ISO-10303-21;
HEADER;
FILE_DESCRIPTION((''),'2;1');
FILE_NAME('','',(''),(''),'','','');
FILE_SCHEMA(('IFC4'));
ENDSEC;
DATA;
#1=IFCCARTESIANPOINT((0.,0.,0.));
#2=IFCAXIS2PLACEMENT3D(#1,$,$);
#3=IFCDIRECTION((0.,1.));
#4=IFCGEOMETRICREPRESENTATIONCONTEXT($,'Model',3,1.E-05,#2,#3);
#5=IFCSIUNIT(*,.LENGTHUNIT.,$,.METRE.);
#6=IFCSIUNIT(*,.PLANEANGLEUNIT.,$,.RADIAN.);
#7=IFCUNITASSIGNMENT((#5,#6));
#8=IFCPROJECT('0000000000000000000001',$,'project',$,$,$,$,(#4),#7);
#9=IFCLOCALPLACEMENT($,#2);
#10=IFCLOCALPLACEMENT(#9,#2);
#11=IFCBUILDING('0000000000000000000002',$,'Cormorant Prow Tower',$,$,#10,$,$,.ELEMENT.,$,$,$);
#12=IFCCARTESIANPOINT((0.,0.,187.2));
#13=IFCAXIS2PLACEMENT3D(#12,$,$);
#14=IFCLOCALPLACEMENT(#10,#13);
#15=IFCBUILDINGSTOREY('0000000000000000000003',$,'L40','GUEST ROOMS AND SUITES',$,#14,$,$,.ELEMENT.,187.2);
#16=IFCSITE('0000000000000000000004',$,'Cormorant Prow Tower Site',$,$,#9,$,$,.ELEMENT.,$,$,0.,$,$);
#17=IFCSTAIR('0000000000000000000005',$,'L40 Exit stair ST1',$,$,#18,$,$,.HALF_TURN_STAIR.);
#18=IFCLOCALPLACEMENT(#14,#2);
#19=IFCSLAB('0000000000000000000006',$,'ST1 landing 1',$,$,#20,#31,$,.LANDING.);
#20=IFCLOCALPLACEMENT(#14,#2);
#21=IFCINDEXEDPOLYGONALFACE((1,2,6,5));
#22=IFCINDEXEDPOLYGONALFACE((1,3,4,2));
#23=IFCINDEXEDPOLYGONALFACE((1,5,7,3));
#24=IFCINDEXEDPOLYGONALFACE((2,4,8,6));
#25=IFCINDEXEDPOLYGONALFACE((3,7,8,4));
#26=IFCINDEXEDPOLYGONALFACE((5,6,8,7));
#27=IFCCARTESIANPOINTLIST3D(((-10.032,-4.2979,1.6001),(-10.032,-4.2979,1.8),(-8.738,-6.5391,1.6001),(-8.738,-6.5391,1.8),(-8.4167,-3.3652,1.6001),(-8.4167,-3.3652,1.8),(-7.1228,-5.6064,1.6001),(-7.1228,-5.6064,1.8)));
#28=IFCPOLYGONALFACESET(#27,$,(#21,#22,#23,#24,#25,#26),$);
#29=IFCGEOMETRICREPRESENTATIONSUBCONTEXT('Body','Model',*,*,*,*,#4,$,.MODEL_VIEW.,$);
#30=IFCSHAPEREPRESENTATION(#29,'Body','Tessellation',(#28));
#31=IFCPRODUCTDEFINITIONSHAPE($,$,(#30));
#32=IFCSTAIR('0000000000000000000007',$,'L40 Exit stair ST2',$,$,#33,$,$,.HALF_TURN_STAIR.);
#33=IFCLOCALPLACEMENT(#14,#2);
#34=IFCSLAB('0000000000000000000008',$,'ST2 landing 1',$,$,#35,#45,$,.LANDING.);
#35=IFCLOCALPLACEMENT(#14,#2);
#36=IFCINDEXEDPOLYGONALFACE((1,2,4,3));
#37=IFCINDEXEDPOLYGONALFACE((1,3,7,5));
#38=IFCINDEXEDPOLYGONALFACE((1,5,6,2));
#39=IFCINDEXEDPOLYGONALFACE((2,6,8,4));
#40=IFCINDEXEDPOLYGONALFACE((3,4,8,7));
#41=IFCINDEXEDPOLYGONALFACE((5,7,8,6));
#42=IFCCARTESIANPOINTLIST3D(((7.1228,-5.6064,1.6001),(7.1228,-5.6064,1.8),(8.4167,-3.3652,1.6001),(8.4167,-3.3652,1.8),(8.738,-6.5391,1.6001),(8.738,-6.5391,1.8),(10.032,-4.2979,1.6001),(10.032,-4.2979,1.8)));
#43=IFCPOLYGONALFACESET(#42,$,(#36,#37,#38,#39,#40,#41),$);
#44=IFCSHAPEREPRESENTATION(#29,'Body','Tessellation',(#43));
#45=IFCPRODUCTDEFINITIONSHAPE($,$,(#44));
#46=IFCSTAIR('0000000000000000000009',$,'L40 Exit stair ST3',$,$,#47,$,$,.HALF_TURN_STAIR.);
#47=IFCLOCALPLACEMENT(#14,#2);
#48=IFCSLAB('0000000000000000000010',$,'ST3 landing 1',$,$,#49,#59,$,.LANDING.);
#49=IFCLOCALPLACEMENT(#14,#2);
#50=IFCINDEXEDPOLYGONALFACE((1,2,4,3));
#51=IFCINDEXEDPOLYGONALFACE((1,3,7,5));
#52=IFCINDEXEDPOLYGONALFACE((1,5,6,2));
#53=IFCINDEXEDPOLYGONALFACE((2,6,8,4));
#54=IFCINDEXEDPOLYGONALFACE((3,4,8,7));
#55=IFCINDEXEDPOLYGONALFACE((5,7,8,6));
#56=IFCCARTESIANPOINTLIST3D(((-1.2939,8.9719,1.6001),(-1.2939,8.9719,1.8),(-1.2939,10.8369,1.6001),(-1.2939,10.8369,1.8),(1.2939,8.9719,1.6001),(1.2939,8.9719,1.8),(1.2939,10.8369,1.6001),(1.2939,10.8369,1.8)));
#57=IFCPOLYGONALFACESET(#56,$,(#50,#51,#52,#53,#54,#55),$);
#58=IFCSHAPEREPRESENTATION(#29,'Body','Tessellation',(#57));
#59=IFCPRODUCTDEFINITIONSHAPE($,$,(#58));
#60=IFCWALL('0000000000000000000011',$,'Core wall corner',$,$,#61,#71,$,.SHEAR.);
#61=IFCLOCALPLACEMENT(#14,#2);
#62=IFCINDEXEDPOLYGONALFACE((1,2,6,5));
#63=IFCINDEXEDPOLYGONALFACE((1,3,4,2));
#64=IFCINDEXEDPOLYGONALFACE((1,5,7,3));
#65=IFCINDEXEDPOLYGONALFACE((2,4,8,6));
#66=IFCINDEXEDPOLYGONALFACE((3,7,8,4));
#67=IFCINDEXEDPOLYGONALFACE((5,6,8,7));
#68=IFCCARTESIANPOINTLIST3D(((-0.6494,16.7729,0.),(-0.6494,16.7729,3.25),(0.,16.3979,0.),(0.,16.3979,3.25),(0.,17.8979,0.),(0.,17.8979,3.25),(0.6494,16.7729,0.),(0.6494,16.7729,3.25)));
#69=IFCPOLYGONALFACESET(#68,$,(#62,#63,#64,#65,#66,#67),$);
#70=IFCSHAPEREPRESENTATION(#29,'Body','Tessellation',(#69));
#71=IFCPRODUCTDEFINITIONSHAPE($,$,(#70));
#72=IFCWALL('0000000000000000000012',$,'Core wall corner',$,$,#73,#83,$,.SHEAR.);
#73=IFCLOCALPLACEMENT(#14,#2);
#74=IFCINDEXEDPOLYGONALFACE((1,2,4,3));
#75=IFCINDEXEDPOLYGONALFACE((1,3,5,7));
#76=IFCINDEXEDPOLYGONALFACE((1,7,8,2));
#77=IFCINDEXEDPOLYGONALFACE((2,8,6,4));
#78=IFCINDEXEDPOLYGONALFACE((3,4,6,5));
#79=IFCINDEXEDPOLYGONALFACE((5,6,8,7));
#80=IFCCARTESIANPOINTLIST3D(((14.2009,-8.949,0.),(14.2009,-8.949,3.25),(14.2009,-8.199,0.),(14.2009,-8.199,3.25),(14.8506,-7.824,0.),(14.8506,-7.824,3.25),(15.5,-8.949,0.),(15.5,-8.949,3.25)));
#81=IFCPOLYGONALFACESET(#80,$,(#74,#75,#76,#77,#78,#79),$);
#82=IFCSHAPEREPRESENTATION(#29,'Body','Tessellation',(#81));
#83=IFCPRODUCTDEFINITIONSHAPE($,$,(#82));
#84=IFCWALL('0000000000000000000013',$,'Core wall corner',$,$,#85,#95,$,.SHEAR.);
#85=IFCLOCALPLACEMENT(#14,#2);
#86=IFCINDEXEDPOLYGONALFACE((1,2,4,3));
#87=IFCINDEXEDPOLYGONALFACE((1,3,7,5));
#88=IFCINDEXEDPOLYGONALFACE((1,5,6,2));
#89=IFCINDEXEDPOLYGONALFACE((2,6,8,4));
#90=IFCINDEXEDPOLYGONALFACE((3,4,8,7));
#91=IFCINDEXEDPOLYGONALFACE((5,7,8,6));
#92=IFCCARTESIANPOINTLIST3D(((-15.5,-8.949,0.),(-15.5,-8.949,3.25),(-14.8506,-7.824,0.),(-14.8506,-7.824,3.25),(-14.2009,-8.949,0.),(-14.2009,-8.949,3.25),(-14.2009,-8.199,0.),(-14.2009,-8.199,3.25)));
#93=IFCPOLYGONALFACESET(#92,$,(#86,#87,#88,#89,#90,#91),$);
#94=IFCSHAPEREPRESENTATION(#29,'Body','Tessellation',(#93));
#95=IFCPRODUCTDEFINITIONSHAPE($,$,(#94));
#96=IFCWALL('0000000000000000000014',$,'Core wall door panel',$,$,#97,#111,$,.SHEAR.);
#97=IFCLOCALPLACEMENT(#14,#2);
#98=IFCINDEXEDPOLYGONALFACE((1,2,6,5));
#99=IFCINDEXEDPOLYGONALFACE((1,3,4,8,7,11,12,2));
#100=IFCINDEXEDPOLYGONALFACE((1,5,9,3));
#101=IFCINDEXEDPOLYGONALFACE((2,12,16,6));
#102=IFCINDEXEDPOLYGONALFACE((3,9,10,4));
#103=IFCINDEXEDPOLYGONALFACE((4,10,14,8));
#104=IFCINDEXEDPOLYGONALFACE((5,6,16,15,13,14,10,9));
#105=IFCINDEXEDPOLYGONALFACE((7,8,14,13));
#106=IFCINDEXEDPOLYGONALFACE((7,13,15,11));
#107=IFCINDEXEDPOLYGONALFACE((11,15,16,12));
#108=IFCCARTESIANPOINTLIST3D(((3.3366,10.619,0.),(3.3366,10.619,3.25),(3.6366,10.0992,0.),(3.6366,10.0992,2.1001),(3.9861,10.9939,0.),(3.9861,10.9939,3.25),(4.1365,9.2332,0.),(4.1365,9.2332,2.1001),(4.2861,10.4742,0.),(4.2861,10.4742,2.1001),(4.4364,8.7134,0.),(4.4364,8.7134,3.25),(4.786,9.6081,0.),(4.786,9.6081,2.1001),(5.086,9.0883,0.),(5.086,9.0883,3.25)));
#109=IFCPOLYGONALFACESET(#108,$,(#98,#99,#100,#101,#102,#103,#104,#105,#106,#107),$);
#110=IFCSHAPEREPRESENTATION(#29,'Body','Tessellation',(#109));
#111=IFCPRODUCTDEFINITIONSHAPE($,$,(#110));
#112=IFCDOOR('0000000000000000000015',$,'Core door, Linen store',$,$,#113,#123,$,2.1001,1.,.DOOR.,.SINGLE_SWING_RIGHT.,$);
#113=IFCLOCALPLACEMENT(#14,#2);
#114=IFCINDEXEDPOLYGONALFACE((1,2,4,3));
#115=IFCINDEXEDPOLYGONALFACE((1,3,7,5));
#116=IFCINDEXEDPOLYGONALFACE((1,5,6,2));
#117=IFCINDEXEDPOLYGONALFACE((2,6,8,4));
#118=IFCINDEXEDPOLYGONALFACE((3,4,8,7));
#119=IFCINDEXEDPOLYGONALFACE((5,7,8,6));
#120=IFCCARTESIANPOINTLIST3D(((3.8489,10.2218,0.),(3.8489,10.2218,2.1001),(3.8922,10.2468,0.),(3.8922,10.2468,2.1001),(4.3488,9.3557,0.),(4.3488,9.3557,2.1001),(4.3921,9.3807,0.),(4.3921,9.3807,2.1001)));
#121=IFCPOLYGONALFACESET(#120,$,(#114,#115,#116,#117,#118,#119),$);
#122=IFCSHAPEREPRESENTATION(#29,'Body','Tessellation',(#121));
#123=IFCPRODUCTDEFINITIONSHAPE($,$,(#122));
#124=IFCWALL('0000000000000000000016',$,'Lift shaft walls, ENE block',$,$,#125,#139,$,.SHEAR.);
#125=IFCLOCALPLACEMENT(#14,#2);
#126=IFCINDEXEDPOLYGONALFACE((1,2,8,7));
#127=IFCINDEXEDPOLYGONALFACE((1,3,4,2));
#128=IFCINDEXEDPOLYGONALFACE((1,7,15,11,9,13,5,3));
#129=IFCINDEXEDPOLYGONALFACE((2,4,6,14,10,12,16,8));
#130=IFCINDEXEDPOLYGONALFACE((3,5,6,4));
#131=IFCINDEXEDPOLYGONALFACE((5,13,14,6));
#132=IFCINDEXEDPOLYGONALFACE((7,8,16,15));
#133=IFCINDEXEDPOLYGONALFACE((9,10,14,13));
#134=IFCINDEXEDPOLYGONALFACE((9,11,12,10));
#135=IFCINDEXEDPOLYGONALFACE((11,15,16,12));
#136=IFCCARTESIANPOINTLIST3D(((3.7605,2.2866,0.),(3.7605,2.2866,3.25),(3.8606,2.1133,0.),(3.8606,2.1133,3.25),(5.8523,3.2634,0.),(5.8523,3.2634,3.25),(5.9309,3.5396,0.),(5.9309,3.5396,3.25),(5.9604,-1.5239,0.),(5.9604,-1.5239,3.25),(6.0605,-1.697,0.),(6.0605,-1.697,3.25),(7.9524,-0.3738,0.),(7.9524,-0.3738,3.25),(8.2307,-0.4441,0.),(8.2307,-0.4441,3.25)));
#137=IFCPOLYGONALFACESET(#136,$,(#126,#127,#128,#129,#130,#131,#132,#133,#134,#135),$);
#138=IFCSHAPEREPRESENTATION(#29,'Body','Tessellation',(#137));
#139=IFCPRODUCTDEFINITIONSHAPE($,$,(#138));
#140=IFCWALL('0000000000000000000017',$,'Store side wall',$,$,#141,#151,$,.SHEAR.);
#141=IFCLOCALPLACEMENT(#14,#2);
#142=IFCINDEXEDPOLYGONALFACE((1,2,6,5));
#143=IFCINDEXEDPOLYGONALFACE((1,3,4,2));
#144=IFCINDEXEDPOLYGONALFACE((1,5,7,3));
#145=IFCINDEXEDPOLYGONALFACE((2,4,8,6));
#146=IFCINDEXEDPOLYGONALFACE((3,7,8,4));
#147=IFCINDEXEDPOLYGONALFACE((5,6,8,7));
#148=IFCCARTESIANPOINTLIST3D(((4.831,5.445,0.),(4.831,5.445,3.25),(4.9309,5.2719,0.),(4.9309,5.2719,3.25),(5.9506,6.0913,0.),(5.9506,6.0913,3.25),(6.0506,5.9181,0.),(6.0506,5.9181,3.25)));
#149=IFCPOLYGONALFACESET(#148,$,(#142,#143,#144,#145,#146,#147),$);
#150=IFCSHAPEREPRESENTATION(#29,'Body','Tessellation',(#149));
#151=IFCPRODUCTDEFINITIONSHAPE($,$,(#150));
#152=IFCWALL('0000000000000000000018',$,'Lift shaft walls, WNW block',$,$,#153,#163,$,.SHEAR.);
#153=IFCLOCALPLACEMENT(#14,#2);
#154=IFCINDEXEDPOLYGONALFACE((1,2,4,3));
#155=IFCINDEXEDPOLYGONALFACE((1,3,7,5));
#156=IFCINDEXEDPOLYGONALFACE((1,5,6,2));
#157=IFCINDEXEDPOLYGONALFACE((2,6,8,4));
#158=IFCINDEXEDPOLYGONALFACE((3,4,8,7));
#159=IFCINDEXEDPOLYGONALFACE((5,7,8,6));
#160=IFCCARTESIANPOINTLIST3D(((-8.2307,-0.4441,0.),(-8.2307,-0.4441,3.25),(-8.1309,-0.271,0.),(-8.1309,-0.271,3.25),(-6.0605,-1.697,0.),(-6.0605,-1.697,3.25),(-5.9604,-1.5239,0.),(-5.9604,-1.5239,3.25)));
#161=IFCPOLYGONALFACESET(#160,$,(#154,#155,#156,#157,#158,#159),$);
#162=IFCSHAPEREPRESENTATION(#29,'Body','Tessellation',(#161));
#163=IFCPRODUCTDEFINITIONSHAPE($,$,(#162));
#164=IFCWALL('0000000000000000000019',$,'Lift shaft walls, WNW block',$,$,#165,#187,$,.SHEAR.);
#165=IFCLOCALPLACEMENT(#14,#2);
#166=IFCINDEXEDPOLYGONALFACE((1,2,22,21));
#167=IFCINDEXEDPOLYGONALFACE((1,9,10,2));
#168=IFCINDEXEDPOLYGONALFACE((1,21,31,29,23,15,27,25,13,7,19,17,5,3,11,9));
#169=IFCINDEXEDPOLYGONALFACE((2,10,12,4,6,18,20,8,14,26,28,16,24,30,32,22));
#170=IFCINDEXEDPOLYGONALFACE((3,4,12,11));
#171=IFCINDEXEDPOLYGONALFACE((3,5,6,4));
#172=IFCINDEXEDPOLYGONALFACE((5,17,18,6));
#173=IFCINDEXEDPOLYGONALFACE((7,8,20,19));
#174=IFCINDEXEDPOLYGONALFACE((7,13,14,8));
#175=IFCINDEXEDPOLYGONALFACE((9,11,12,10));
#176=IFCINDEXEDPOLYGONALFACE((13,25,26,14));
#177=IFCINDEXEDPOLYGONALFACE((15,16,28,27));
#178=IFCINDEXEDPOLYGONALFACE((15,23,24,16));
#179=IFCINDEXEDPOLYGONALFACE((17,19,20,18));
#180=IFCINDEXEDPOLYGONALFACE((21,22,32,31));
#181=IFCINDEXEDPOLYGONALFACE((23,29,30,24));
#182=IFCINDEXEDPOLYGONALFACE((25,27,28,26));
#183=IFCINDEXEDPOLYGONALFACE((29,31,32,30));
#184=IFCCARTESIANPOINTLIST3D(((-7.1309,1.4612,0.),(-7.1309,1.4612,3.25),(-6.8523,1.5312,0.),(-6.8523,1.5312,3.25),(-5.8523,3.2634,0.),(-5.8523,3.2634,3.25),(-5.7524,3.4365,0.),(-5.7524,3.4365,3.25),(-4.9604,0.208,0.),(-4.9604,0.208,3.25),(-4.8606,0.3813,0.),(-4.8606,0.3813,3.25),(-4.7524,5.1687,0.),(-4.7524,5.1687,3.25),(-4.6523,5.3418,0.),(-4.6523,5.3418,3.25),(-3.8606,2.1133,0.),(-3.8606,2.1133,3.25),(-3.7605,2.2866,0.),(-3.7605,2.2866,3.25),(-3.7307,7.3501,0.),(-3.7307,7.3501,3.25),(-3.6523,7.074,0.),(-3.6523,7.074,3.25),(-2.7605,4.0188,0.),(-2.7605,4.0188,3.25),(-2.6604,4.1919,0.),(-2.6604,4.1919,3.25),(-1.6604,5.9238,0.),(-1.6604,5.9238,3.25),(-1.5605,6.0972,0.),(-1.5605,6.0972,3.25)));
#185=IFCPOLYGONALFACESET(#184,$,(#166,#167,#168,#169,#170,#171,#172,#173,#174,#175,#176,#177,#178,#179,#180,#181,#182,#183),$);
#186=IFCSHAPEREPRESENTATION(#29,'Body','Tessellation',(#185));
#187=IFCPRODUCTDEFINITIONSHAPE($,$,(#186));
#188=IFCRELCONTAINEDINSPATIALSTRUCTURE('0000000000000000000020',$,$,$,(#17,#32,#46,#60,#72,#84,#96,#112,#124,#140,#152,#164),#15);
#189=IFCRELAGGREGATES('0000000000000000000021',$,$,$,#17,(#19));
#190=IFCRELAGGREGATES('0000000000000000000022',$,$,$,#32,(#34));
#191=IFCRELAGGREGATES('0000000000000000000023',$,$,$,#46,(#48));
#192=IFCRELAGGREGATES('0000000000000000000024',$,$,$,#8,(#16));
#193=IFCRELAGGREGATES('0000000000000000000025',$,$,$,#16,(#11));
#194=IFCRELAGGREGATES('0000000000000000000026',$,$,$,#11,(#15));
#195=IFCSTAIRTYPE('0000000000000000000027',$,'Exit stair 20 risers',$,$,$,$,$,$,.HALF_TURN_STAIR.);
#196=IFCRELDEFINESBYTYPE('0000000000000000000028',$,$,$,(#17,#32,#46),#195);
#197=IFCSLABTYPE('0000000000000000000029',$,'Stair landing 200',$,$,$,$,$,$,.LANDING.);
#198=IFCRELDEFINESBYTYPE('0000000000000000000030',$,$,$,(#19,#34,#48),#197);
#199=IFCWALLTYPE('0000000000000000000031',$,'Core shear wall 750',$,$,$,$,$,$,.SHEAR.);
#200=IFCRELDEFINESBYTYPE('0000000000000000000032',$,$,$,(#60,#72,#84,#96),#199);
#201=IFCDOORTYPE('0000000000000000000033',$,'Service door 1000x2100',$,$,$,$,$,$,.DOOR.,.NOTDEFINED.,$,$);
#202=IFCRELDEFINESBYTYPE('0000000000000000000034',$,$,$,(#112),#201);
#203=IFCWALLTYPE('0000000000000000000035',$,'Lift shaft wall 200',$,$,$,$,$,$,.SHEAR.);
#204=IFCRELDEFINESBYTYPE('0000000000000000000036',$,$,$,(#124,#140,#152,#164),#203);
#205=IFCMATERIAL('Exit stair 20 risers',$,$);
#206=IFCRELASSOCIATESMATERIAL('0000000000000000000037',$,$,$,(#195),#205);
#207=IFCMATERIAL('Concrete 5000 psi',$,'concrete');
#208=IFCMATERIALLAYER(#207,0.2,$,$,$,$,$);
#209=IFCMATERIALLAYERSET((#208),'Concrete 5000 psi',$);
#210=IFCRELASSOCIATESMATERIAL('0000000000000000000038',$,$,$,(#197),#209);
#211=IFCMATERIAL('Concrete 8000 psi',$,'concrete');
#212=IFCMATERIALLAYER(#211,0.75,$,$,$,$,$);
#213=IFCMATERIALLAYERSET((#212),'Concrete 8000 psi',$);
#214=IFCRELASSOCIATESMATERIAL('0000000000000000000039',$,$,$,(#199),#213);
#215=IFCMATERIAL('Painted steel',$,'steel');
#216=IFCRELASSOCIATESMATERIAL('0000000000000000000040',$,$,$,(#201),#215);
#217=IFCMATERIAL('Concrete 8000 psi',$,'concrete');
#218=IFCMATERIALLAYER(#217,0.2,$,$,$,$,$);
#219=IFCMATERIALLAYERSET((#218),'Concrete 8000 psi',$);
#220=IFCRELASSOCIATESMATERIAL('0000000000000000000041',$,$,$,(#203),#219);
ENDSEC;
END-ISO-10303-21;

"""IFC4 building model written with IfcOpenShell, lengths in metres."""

from ifc_helpers import new_model, si_unit, direction, frame, frame_2d, origin, place, context, subcontext, project, spatial, polyline, rectangle, outline, extrude, material, layer, layer_set, type_object, element, fill, aggregate, save


model = new_model("IFC4")

# Units and contexts
model_context = context("Model", 3, precision=1e-05, world=origin(), true_north=direction((0.0, 1.0)))
body_context = subcontext(model_context, "Body", "Model", "MODEL_VIEW")
ifc_project = project(units=[si_unit("LENGTHUNIT", "METRE"), si_unit("PLANEANGLEUNIT", "RADIAN")], contexts=[model_context])

# Site, building, storey
site_placement = place(None, origin())
site = spatial("IfcSite", under=ifc_project, at=site_placement, Name="Cormorant Prow Tower Site", CompositionType="ELEMENT", RefElevation=0.0)
building_placement = place(site_placement, origin())
building = spatial("IfcBuilding", under=site, at=building_placement, Name="Cormorant Prow Tower", CompositionType="ELEMENT")
storey_placement = place(building_placement, frame((0.0, 0.0, 187.2)))
storey = spatial("IfcBuildingStorey", under=building, at=storey_placement, Name="L40", Description="GUEST ROOMS AND SUITES", CompositionType="ELEMENT", Elevation=187.2)

# Stairs, slabs
ifc_material_1 = material(Name="Exit stair 20 risers")
stair_type = type_object("IfcStairType", Name="Exit stair 20 risers", PredefinedType="HALF_TURN_STAIR", material=ifc_material_1)
stair_1_placement = place(storey_placement, origin())
stair_1 = element("IfcStair", 1, at=stair_1_placement, inside=storey, type_object=stair_type, Name="L40 Exit stair ST1", PredefinedType="HALF_TURN_STAIR")
ifc_material_2 = material(Name="Concrete 5000 psi", Category="concrete")
ifc_layer_1 = layer(ifc_material_2, 0.2)
ifc_layer_set_1 = layer_set([ifc_layer_1], Name="Concrete 5000 psi")
slab_type = type_object("IfcSlabType", Name="Stair landing 200", PredefinedType="LANDING", material=ifc_layer_set_1)
slab_1_placement = place(storey_placement, frame((0.0, 0.0, 1.6001)))
slab_1 = element("IfcSlab", 2, at=slab_1_placement, type_object=slab_type, Name="ST1 landing 1", PredefinedType="LANDING", context=body_context, shape_type="SweptSolid", body=[
    extrude(outline(polyline([(-8.4167, -3.3652), (-10.032, -4.2979), (-8.738, -6.5391), (-7.1228, -5.6064), (-8.4167, -3.3652)])), origin(), (0.0, 0.0, 1.0), 0.2),
])
aggregate(stair_1, [slab_1])
stair_2_placement = place(storey_placement, origin())
stair_2 = element("IfcStair", 3, at=stair_2_placement, inside=storey, type_object=stair_type, Name="L40 Exit stair ST2", PredefinedType="HALF_TURN_STAIR")
slab_2_placement = place(storey_placement, frame((0.0, 0.0, 1.6001)))
slab_2 = element("IfcSlab", 4, at=slab_2_placement, type_object=slab_type, Name="ST2 landing 1", PredefinedType="LANDING", context=body_context, shape_type="SweptSolid", body=[
    extrude(outline(polyline([(7.1228, -5.6064), (8.738, -6.5391), (10.032, -4.2979), (8.4167, -3.3652), (7.1228, -5.6064)])), origin(), (0.0, 0.0, 1.0), 0.2),
])
aggregate(stair_2, [slab_2])
stair_3_placement = place(storey_placement, origin())
stair_3 = element("IfcStair", 5, at=stair_3_placement, inside=storey, type_object=stair_type, Name="L40 Exit stair ST3", PredefinedType="HALF_TURN_STAIR")
slab_3_placement = place(storey_placement, frame((0.0, 0.0, 1.6001)))
slab_3 = element("IfcSlab", 6, at=slab_3_placement, type_object=slab_type, Name="ST3 landing 1", PredefinedType="LANDING", context=body_context, shape_type="SweptSolid", body=[
    extrude(outline(polyline([(1.2939, 8.9719), (1.2939, 10.8369), (-1.2939, 10.8369), (-1.2939, 8.9719), (1.2939, 8.9719)])), origin(), (0.0, 0.0, 1.0), 0.2),
])

# Walls
ifc_material_3 = material(Name="Concrete 8000 psi", Category="concrete")
ifc_layer_2 = layer(ifc_material_3, 0.75)
ifc_layer_set_2 = layer_set([ifc_layer_2], Name="Concrete 8000 psi")
wall_type_1 = type_object("IfcWallType", Name="Core shear wall 750", PredefinedType="SHEAR", material=ifc_layer_set_2)
wall_1_placement = place(storey_placement, origin())
element("IfcWall", 7, at=wall_1_placement, inside=storey, type_object=wall_type_1, Name="Core wall corner", PredefinedType="SHEAR", context=body_context, shape_type="SweptSolid", body=[
    extrude(outline(polyline([(-0.6494, 16.7729), (0.0, 17.8979), (0.6494, 16.7729), (0.0, 16.3979), (-0.6494, 16.7729)])), origin(), (0.0, 0.0, 1.0), 3.25),
])
wall_2_placement = place(storey_placement, origin())
element("IfcWall", 8, at=wall_2_placement, inside=storey, type_object=wall_type_1, Name="Core wall corner", PredefinedType="SHEAR", context=body_context, shape_type="SweptSolid", body=[
    extrude(outline(polyline([(14.2009, -8.949), (14.2009, -8.199), (14.8506, -7.824), (15.5, -8.949), (14.2009, -8.949)])), origin(), (0.0, 0.0, 1.0), 3.25),
])
wall_3_placement = place(storey_placement, origin())
element("IfcWall", 9, at=wall_3_placement, inside=storey, type_object=wall_type_1, Name="Core wall corner", PredefinedType="SHEAR", context=body_context, shape_type="SweptSolid", body=[
    extrude(outline(polyline([(-14.8506, -7.824), (-14.2009, -8.199), (-14.2009, -8.949), (-15.5, -8.949), (-14.8506, -7.824)])), origin(), (0.0, 0.0, 1.0), 3.25),
])

# Wall, opening, door
wall_4_placement = place(storey_placement, frame((4.7612, 8.9009, 0.0), z_axis=(0.0, 0.0, 1.0), x_axis=(-0.499899, 0.866084, 0.0)))
wall_4 = element("IfcWall", 10, at=wall_4_placement, inside=storey, type_object=wall_type_1, Name="Core wall door panel", PredefinedType="SHEAR", context=body_context, shape_type="SweptSolid", body=[
    extrude(rectangle(XDim=2.2002, YDim=0.75, at=frame_2d((1.1001, 0.0))), origin(), (0.0, 0.0, 1.0), 3.25),
])
opening_1_placement = place(wall_4_placement, frame((0.6001, 0.0, 0.0)))
opening_1 = element("IfcOpeningElement", 11, at=opening_1_placement, cuts=wall_4, PredefinedType="OPENING", context=body_context, shape_type="SweptSolid", body=[
    extrude(rectangle(XDim=1.0, YDim=2.1001, at=frame_2d((0.5, 1.05))), frame((0.0, 0.385, 0.0), z_axis=(0.0, -1.0, 0.0), x_axis=(1.0, 0.0, 0.0)), (0.0, 0.0, 1.0), 0.77),
])
ifc_material_4 = material(Name="Painted steel", Category="steel")
door_type_1 = type_object("IfcDoorType", Name="Service door 1000x2100", OperationType="NOTDEFINED", PredefinedType="DOOR", material=ifc_material_4)
door_1_placement = place(opening_1_placement, origin())
door_1 = element("IfcDoor", 12, at=door_1_placement, inside=storey, type_object=door_type_1, Name="Core door, Linen store", OperationType="SINGLE_SWING_RIGHT", OverallHeight=2.1001, OverallWidth=1.0, PredefinedType="DOOR", context=body_context, shape_type="SweptSolid", body=[
    extrude(rectangle(XDim=1.0, YDim=2.1001, at=frame_2d((0.5, 1.05))), frame((0.0, 0.1299, 0.0), z_axis=(0.0, -1.0, 0.0), x_axis=(1.0, 0.0, 0.0)), (0.0, 0.0, 1.0), 0.05),
])
fill(opening_1, door_1)

# Walls
ifc_material_5 = material(Name="Concrete 8000 psi", Category="concrete")
ifc_layer_3 = layer(ifc_material_5, 0.2)
ifc_layer_set_3 = layer_set([ifc_layer_3], Name="Concrete 8000 psi")
wall_type_2 = type_object("IfcWallType", Name="Lift shaft wall 200", PredefinedType="SHEAR", material=ifc_layer_set_3)
wall_5_placement = place(storey_placement, origin())
element("IfcWall", 13, at=wall_5_placement, inside=storey, type_object=wall_type_2, Name="Lift shaft walls, ENE block", PredefinedType="SHEAR", context=body_context, shape_type="SweptSolid", body=[
    extrude(outline(polyline([(3.7605, 2.2866), (5.9309, 3.5396), (8.2307, -0.4441), (6.0605, -1.697), (5.9604, -1.5239), (7.9524, -0.3738), (5.8523, 3.2634), (3.8606, 2.1133), (3.7605, 2.2866)])), origin(), (0.0, 0.0, 1.0), 3.25),
])
wall_6_placement = place(storey_placement, frame((4.8809, 5.3584, 0.0), z_axis=(0.0, 0.0, 1.0), x_axis=(0.866085, 0.499897, 0.0)))
element("IfcWall", 14, at=wall_6_placement, inside=storey, type_object=wall_type_2, Name="Store side wall", PredefinedType="SHEAR", context=body_context, shape_type="SweptSolid", body=[
    extrude(rectangle(XDim=1.2927, YDim=0.2, at=frame_2d((0.6465, 0.0))), origin(), (0.0, 0.0, 1.0), 3.25),
])
wall_7_placement = place(storey_placement, origin())
element("IfcWall", 15, at=wall_7_placement, inside=storey, type_object=wall_type_2, Name="Lift shaft walls, WNW block", PredefinedType="SHEAR", context=body_context, shape_type="SweptSolid", body=[
    extrude(outline(polyline([(-6.0605, -1.697), (-8.2307, -0.4441), (-8.1309, -0.271), (-5.9604, -1.5239), (-6.0605, -1.697)])), origin(), (0.0, 0.0, 1.0), 3.25),
])
wall_8_placement = place(storey_placement, origin())
element("IfcWall", 16, at=wall_8_placement, inside=storey, type_object=wall_type_2, Name="Lift shaft walls, WNW block", PredefinedType="SHEAR", context=body_context, shape_type="SweptSolid", body=[
    extrude(outline(polyline([(-4.9604, 0.208), (-7.1309, 1.4612), (-3.7307, 7.3501), (-1.5605, 6.0972), (-1.6604, 5.9238), (-3.6523, 7.074), (-4.6523, 5.3418), (-2.6604, 4.1919), (-2.7605, 4.0188), (-4.7524, 5.1687), (-5.7524, 3.4365), (-3.7605, 2.2866), (-3.8606, 2.1133), (-5.8523, 3.2634), (-6.8523, 1.5312), (-4.8606, 0.3813), (-4.9604, 0.208)])), origin(), (0.0, 0.0, 1.0), 3.25),
])

aggregate(stair_3, [slab_3])

save(model, "model.ifc")
